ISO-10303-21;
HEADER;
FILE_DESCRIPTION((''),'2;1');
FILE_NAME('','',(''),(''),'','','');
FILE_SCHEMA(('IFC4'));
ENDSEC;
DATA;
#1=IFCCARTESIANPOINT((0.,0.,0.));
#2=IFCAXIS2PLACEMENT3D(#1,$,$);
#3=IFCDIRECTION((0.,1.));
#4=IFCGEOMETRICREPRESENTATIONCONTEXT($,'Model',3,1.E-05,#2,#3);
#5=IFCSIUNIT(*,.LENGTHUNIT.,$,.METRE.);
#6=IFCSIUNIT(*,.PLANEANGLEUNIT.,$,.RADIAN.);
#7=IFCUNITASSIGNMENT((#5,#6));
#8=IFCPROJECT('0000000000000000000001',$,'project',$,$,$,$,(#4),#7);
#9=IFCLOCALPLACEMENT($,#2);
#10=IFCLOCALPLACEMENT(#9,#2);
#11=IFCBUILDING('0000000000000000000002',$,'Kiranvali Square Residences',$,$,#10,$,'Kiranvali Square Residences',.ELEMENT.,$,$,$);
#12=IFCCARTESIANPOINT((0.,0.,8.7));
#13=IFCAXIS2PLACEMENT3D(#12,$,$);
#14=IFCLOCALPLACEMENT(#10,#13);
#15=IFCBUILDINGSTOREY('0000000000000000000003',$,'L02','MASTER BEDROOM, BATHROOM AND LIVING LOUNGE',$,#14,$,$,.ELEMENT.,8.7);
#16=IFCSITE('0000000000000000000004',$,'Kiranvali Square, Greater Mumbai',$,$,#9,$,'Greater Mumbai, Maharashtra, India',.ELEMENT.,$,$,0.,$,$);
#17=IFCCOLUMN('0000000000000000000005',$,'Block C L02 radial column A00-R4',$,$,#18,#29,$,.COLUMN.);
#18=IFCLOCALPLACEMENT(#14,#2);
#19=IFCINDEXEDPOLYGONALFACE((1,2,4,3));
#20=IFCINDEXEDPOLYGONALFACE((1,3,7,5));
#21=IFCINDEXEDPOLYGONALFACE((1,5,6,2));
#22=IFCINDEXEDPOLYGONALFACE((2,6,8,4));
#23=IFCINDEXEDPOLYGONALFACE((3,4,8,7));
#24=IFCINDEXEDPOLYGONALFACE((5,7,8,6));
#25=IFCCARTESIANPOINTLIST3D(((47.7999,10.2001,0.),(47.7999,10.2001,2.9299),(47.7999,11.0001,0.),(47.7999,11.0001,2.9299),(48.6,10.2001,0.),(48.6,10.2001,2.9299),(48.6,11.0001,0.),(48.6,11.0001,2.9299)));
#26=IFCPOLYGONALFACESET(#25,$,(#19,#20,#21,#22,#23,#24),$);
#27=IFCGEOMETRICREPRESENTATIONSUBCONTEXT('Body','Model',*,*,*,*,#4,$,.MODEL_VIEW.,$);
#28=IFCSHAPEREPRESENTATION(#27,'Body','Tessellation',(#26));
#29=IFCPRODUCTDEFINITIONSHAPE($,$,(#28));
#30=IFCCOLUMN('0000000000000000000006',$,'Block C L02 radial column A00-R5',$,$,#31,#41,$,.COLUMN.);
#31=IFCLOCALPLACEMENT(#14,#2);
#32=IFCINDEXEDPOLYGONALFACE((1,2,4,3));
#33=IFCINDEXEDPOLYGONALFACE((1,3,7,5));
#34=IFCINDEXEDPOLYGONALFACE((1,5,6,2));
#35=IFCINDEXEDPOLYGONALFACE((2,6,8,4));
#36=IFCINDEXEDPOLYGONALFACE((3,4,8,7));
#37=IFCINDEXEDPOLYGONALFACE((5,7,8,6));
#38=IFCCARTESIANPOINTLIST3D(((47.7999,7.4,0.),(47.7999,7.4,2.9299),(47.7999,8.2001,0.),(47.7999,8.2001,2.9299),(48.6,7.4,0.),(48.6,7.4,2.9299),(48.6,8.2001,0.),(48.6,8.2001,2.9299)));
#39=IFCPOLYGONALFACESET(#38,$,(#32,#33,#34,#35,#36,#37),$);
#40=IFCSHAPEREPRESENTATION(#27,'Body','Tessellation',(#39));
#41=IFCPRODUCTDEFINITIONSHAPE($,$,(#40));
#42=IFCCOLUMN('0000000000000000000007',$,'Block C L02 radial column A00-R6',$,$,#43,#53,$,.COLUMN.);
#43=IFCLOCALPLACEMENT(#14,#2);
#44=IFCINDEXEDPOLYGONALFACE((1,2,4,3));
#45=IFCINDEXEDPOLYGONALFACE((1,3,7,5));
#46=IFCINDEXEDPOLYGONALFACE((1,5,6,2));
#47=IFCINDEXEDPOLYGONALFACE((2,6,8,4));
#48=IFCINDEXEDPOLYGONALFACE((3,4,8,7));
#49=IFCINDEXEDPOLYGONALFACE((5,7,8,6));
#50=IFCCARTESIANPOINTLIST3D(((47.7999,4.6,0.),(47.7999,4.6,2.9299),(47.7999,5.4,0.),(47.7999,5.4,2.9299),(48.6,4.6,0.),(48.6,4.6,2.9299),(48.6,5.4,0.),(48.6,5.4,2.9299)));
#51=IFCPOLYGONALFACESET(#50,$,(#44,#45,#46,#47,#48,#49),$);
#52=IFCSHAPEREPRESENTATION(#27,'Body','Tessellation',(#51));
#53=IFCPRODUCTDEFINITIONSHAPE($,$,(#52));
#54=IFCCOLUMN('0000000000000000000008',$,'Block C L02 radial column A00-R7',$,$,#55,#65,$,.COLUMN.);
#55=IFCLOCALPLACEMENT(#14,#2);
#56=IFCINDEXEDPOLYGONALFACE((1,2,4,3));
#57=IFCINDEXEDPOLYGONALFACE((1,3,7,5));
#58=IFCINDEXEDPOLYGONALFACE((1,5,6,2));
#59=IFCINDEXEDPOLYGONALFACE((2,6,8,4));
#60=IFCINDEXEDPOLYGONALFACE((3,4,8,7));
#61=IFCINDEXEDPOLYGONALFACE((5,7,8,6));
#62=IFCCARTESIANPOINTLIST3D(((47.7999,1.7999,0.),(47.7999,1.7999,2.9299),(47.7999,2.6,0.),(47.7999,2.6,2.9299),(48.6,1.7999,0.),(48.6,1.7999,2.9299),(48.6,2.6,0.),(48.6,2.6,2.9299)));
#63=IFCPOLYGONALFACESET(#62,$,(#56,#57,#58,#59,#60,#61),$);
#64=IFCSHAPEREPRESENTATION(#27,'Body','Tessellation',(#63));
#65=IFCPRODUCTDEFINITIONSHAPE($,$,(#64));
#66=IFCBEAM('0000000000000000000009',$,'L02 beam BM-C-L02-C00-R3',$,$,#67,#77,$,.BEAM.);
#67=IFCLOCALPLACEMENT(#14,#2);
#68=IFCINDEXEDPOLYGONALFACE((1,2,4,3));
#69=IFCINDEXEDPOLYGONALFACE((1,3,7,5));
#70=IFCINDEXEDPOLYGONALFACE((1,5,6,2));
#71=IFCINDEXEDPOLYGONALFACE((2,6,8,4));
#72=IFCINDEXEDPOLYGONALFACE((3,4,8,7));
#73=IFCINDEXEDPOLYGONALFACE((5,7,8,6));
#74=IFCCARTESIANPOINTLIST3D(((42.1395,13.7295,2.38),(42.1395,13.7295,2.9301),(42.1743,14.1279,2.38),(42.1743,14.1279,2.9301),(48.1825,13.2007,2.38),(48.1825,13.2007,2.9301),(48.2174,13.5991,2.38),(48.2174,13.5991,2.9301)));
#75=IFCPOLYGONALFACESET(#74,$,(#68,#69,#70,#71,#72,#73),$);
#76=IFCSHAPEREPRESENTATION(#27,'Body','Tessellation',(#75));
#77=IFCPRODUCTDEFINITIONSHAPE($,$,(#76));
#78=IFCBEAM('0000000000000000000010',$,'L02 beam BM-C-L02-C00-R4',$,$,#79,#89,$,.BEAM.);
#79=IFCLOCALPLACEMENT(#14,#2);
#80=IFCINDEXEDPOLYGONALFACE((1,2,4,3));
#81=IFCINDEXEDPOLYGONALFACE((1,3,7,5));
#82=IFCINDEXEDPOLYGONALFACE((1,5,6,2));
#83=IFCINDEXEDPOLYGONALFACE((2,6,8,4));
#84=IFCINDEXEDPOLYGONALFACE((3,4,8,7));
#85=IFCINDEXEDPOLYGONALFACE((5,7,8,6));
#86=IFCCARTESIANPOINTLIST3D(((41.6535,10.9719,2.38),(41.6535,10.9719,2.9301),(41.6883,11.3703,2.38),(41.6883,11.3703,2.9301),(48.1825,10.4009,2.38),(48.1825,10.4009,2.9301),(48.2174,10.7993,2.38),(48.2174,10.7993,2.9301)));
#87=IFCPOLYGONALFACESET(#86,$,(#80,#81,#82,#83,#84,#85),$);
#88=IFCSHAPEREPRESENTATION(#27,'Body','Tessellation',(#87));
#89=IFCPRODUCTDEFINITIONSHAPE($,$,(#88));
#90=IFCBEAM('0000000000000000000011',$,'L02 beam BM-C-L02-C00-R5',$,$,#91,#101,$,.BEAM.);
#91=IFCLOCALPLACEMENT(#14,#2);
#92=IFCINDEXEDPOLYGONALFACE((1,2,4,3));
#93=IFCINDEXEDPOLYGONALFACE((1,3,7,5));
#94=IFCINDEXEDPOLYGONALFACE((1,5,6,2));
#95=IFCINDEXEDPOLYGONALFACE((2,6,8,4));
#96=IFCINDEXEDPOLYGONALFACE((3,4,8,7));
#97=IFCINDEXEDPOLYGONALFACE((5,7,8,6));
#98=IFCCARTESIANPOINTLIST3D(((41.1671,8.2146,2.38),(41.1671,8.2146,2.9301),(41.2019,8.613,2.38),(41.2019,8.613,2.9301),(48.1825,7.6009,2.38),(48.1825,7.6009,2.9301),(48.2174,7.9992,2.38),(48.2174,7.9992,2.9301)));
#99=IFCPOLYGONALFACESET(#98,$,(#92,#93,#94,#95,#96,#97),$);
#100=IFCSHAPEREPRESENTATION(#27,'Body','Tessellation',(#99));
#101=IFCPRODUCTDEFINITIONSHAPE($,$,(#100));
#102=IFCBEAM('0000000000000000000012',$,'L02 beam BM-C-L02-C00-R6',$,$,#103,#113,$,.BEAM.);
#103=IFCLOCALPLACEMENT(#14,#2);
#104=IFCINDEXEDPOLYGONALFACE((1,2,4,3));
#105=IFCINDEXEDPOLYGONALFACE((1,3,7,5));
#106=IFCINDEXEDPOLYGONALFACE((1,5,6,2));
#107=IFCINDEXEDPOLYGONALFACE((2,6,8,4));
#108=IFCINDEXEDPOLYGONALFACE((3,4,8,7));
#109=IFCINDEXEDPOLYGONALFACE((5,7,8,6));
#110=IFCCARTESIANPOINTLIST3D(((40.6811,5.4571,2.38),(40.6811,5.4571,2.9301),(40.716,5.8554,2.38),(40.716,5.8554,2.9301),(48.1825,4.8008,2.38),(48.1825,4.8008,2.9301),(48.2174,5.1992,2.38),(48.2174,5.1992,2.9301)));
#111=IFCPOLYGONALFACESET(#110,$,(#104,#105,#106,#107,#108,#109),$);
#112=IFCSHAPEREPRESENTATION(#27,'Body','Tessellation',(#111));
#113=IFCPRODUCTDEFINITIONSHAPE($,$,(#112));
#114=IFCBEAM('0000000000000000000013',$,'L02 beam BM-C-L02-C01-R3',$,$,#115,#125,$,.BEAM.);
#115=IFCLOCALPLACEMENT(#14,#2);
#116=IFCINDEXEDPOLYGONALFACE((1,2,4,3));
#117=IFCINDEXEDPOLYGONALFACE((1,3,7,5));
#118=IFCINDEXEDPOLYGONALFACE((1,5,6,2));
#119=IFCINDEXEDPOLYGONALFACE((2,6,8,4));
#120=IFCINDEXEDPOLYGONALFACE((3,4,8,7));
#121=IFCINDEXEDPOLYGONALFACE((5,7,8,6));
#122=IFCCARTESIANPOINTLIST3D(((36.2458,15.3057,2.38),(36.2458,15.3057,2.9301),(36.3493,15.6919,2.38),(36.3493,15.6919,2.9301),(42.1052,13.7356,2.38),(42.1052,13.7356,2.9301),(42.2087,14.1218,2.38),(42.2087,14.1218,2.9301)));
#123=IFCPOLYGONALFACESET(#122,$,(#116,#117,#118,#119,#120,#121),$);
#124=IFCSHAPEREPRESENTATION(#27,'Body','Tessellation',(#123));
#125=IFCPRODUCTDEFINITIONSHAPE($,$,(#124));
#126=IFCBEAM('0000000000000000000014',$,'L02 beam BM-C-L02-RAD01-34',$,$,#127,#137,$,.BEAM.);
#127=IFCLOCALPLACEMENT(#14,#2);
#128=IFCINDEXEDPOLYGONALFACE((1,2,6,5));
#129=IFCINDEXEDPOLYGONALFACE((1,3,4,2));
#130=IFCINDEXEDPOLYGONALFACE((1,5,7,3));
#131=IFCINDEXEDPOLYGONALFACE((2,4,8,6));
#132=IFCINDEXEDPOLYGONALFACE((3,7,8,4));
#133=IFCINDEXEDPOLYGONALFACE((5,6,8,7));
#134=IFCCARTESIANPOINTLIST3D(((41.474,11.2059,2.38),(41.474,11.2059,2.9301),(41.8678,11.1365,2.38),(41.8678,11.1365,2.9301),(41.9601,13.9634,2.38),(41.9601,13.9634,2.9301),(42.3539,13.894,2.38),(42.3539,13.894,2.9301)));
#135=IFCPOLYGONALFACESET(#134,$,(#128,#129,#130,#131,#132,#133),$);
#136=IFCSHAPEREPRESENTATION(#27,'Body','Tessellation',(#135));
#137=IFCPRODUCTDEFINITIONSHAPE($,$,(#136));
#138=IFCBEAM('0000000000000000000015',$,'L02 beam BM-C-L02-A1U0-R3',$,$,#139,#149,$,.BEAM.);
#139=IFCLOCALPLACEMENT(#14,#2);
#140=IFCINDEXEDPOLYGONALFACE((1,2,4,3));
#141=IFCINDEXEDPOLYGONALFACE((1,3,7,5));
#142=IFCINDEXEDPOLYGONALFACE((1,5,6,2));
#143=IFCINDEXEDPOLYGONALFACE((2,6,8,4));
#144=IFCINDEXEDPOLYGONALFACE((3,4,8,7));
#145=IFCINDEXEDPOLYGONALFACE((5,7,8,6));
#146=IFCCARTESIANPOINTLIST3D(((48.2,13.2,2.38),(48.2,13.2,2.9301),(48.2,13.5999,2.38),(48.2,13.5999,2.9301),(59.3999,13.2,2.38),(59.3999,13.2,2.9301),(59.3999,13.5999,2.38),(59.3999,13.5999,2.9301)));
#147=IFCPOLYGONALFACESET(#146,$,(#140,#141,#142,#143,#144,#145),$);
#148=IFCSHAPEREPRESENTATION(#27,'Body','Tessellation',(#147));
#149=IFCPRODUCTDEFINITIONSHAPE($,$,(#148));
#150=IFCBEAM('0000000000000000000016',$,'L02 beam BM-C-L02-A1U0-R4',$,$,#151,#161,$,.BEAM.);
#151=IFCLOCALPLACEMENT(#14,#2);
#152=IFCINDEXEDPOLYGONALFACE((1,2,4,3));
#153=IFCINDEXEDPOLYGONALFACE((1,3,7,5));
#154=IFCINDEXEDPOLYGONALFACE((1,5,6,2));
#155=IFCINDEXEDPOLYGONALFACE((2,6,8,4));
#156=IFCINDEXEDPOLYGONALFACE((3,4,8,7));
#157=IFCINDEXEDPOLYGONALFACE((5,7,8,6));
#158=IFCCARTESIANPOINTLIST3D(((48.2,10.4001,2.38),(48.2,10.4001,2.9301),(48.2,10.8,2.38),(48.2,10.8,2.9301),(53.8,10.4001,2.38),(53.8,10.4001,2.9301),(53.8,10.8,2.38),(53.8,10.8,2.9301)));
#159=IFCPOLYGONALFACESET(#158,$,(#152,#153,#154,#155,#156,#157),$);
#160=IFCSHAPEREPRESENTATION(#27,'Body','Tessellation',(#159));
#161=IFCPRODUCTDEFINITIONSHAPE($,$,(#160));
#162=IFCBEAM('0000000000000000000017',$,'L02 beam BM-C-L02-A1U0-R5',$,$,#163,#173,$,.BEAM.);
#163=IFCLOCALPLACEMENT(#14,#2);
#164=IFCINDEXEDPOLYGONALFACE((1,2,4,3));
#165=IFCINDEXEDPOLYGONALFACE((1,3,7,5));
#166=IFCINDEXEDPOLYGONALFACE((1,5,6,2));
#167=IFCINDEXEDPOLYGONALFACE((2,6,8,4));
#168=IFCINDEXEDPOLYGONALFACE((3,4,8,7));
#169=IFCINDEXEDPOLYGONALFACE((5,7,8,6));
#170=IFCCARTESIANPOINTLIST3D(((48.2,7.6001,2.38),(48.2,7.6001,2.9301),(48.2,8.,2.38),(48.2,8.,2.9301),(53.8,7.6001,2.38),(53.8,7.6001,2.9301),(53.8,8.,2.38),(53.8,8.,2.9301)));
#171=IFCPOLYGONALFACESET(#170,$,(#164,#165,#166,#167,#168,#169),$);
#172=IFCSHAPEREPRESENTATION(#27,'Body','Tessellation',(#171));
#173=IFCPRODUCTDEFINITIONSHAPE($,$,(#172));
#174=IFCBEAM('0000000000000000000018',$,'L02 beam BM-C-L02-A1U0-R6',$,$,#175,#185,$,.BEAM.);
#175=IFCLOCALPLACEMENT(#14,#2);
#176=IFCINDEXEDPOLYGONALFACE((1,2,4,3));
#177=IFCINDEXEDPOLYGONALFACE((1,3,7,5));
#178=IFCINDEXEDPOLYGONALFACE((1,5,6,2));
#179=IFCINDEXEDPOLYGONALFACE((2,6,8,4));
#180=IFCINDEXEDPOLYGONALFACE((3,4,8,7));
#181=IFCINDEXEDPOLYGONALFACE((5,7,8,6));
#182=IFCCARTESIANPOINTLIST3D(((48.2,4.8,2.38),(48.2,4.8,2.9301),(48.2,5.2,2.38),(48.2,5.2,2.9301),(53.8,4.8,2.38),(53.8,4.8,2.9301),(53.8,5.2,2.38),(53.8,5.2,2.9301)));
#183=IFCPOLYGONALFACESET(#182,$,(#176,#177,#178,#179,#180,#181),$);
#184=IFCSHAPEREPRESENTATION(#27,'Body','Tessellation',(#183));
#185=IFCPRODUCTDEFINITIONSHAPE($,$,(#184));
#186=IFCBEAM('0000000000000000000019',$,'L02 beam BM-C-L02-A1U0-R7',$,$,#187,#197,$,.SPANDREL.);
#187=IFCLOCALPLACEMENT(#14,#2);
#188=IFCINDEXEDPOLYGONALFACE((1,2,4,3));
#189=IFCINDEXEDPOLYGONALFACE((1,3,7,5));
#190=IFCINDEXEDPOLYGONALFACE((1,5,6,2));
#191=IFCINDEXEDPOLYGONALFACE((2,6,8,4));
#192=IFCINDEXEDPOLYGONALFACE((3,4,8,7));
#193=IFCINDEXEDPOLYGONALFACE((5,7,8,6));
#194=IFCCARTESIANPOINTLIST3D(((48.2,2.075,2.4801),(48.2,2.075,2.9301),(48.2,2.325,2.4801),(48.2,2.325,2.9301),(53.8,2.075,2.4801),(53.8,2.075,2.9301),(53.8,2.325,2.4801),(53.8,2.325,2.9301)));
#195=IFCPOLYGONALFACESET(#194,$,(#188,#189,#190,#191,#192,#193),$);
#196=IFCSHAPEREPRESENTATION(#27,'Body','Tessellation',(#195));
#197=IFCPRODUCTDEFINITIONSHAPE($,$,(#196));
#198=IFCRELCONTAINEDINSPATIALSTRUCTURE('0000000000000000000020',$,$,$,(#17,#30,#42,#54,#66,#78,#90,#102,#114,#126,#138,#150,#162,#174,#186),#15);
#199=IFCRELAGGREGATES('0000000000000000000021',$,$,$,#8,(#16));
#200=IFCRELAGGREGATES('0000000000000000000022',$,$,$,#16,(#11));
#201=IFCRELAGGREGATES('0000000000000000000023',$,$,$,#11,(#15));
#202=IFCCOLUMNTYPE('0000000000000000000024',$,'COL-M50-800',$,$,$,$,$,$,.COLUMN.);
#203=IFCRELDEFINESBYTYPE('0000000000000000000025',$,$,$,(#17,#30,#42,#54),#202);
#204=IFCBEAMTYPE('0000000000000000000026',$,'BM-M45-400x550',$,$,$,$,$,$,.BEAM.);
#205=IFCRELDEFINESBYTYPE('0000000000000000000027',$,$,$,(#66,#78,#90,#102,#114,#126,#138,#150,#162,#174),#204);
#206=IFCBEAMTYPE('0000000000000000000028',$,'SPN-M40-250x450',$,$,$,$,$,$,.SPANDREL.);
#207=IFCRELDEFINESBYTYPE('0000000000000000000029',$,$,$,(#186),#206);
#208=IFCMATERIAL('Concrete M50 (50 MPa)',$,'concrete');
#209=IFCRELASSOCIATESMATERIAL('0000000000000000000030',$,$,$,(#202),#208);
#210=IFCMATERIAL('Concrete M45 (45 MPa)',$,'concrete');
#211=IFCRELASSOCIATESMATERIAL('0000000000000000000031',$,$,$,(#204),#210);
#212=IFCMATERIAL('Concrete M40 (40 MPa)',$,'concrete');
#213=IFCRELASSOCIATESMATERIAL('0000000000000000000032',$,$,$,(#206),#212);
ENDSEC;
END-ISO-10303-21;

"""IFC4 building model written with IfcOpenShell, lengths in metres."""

from ifc_helpers import new_model, si_unit, direction, frame, origin, origin_2d, place, context, subcontext, project, spatial, rectangle, extrude, material, material_profile, profile_set, type_object, element, save


model = new_model("IFC4")

# Units and contexts
model_context = context("Model", 3, precision=1e-05, world=origin(), true_north=direction((0.0, 1.0)))
body_context = subcontext(model_context, "Body", "Model", "MODEL_VIEW")
ifc_project = project(units=[si_unit("LENGTHUNIT", "METRE"), si_unit("PLANEANGLEUNIT", "RADIAN")], contexts=[model_context])

# Site, building, storey
site_placement = place(None, origin())
site = spatial("IfcSite", under=ifc_project, at=site_placement, Name="Kiranvali Square, Greater Mumbai", LongName="Greater Mumbai, Maharashtra, India", CompositionType="ELEMENT", RefElevation=0.0)
building_placement = place(site_placement, origin())
building = spatial("IfcBuilding", under=site, at=building_placement, Name="Kiranvali Square Residences", LongName="Kiranvali Square Residences", CompositionType="ELEMENT")
storey_placement = place(building_placement, frame((0.0, 0.0, 8.7)))
storey = spatial("IfcBuildingStorey", under=building, at=storey_placement, Name="L02", Description="MASTER BEDROOM, BATHROOM AND LIVING LOUNGE", CompositionType="ELEMENT", Elevation=8.7)

# Columns
ifc_material_1 = material(Name="Concrete M50 (50 MPa)", Category="concrete")
ifc_material_profile_1 = material_profile(ifc_material_1, rectangle(XDim=0.8, YDim=0.8, at=origin_2d()), Name="RC 800x800")
ifc_profile_set_1 = profile_set([ifc_material_profile_1], Name="Concrete M50 (50 MPa)")
column_type = type_object("IfcColumnType", Name="COL-M50-800", PredefinedType="COLUMN", material=ifc_profile_set_1)
for number, where, z_axis, x_axis, name in (
    (1, (48.2, 10.6001, 0.0), (0.0, 0.0, 1.0), (1.0, 0.0, 0.0), "Block C L02 radial column A00-R4"),
    (2, (48.2, 7.8, 0.0), (0.0, 0.0, 1.0), (1.0, 0.0, 0.0), "Block C L02 radial column A00-R5"),
    (3, (48.2, 5.0, 0.0), (0.0, 0.0, 1.0), (1.0, 0.0, 0.0), "Block C L02 radial column A00-R6"),
    (4, (48.2, 2.2, 0.0), (0.0, 0.0, 1.0), (1.0, 0.0, 0.0), "Block C L02 radial column A00-R7"),
):
    element("IfcColumn", number, at=place(storey_placement, frame(where, z_axis=z_axis, x_axis=x_axis)), inside=storey, type_object=column_type, Name=name, PredefinedType="COLUMN", context=body_context, shape_type="SweptSolid", body=[
        extrude(rectangle(XDim=0.8, YDim=0.8, at=origin_2d()), origin(), (0.0, 0.0, 1.0), 2.9299),
    ])

# Beams
ifc_material_2 = material(Name="Concrete M45 (45 MPa)", Category="concrete")
ifc_material_profile_2 = material_profile(ifc_material_2, rectangle(XDim=0.3999, YDim=0.55, at=origin_2d()), Name="RC 400x550")
ifc_profile_set_2 = profile_set([ifc_material_profile_2], Name="Concrete M45 (45 MPa)")
beam_type_1 = type_object("IfcBeamType", Name="BM-M45-400x550", PredefinedType="BEAM", material=ifc_profile_set_2)
beam_1_placement = place(storey_placement, frame((48.2, 13.3999, 2.655), z_axis=(-0.996193, 0.087175, 0.0), x_axis=(-0.087175, -0.996193, 0.0)))
element("IfcBeam", 5, at=beam_1_placement, inside=storey, type_object=beam_type_1, Name="L02 beam BM-C-L02-C00-R3", PredefinedType="BEAM", context=body_context, shape_type="SweptSolid", body=[
    extrude(rectangle(XDim=0.3999, YDim=0.55, at=origin_2d()), origin(), (0.0, 0.0, 1.0), 6.0662),
])
beam_2_placement = place(storey_placement, frame((48.2, 10.6001, 2.655), z_axis=(-0.996197, 0.08713, 0.0), x_axis=(-0.08713, -0.996197, 0.0)))
element("IfcBeam", 6, at=beam_2_placement, inside=storey, type_object=beam_type_1, Name="L02 beam BM-C-L02-C00-R4", PredefinedType="BEAM", context=body_context, shape_type="SweptSolid", body=[
    extrude(rectangle(XDim=0.3999, YDim=0.55, at=origin_2d()), origin(), (0.0, 0.0, 1.0), 6.554),
])
beam_3_placement = place(storey_placement, frame((48.2, 7.8, 2.655), z_axis=(-0.996195, 0.087156, 0.0), x_axis=(-0.087156, -0.996195, 0.0)))
element("IfcBeam", 7, at=beam_3_placement, inside=storey, type_object=beam_type_1, Name="L02 beam BM-C-L02-C00-R5", PredefinedType="BEAM", context=body_context, shape_type="SweptSolid", body=[
    extrude(rectangle(XDim=0.3999, YDim=0.55, at=origin_2d()), origin(), (0.0, 0.0, 1.0), 7.0422),
])
beam_4_placement = place(storey_placement, frame((48.2, 5.0, 2.655), z_axis=(-0.996195, 0.08715, 0.0), x_axis=(-0.08715, -0.996195, 0.0)))
element("IfcBeam", 8, at=beam_4_placement, inside=storey, type_object=beam_type_1, Name="L02 beam BM-C-L02-C00-R6", PredefinedType="BEAM", context=body_context, shape_type="SweptSolid", body=[
    extrude(rectangle(XDim=0.3999, YDim=0.55, at=origin_2d()), origin(), (0.0, 0.0, 1.0), 7.53),
])
beam_5_placement = place(storey_placement, frame((42.157, 13.9287, 2.655), z_axis=(-0.965924, 0.258827, 0.0), x_axis=(-0.258827, -0.965924, 0.0)))
element("IfcBeam", 9, at=beam_5_placement, inside=storey, type_object=beam_type_1, Name="L02 beam BM-C-L02-C01-R3", PredefinedType="BEAM", context=body_context, shape_type="SweptSolid", body=[
    extrude(rectangle(XDim=0.3999, YDim=0.55, at=origin_2d()), origin(), (0.0, 0.0, 1.0), 6.0662),
])
beam_6_placement = place(storey_placement, frame((42.157, 13.9287, 2.655), z_axis=(-0.173596, -0.984817, 0.0), x_axis=(0.984817, -0.173596, 0.0)))
element("IfcBeam", 10, at=beam_6_placement, inside=storey, type_object=beam_type_1, Name="L02 beam BM-C-L02-RAD01-34", PredefinedType="BEAM", context=body_context, shape_type="SweptSolid", body=[
    extrude(rectangle(XDim=0.3999, YDim=0.55, at=origin_2d()), origin(), (0.0, 0.0, 1.0), 2.8),
])
beam_7_placement = place(storey_placement, frame((48.2, 13.3999, 2.655), z_axis=(1.0, 0.0, 0.0), x_axis=(0.0, 1.0, 0.0)))
element("IfcBeam", 11, at=beam_7_placement, inside=storey, type_object=beam_type_1, Name="L02 beam BM-C-L02-A1U0-R3", PredefinedType="BEAM", context=body_context, shape_type="SweptSolid", body=[
    extrude(rectangle(XDim=0.3999, YDim=0.55, at=origin_2d()), origin(), (0.0, 0.0, 1.0), 11.2),
])
for number, where, z_axis, x_axis, name in (
    (12, (48.2, 10.6001, 2.655), (1.0, 0.0, 0.0), (0.0, 1.0, 0.0), "L02 beam BM-C-L02-A1U0-R4"),
    (13, (48.2, 7.8, 2.655), (1.0, 0.0, 0.0), (0.0, 1.0, 0.0), "L02 beam BM-C-L02-A1U0-R5"),
    (14, (48.2, 5.0, 2.655), (1.0, 0.0, 0.0), (0.0, 1.0, 0.0), "L02 beam BM-C-L02-A1U0-R6"),
):
    element("IfcBeam", number, at=place(storey_placement, frame(where, z_axis=z_axis, x_axis=x_axis)), inside=storey, type_object=beam_type_1, Name=name, PredefinedType="BEAM", context=body_context, shape_type="SweptSolid", body=[
        extrude(rectangle(XDim=0.3999, YDim=0.55, at=origin_2d()), origin(), (0.0, 0.0, 1.0), 5.6001),
    ])
ifc_material_3 = material(Name="Concrete M40 (40 MPa)", Category="concrete")
ifc_material_profile_3 = material_profile(ifc_material_3, rectangle(XDim=0.25, YDim=0.45, at=origin_2d()), Name="RC 250x450")
ifc_profile_set_3 = profile_set([ifc_material_profile_3], Name="Concrete M40 (40 MPa)")
beam_type_2 = type_object("IfcBeamType", Name="SPN-M40-250x450", PredefinedType="SPANDREL", material=ifc_profile_set_3)
beam_8_placement = place(storey_placement, frame((48.2, 2.2, 2.7051), z_axis=(1.0, 0.0, 0.0), x_axis=(0.0, 1.0, 0.0)))
element("IfcBeam", 15, at=beam_8_placement, inside=storey, type_object=beam_type_2, Name="L02 beam BM-C-L02-A1U0-R7", PredefinedType="SPANDREL", context=body_context, shape_type="SweptSolid", body=[
    extrude(rectangle(XDim=0.25, YDim=0.45, at=origin_2d()), origin(), (0.0, 0.0, 1.0), 5.6001),
])

save(model, "model.ifc")
